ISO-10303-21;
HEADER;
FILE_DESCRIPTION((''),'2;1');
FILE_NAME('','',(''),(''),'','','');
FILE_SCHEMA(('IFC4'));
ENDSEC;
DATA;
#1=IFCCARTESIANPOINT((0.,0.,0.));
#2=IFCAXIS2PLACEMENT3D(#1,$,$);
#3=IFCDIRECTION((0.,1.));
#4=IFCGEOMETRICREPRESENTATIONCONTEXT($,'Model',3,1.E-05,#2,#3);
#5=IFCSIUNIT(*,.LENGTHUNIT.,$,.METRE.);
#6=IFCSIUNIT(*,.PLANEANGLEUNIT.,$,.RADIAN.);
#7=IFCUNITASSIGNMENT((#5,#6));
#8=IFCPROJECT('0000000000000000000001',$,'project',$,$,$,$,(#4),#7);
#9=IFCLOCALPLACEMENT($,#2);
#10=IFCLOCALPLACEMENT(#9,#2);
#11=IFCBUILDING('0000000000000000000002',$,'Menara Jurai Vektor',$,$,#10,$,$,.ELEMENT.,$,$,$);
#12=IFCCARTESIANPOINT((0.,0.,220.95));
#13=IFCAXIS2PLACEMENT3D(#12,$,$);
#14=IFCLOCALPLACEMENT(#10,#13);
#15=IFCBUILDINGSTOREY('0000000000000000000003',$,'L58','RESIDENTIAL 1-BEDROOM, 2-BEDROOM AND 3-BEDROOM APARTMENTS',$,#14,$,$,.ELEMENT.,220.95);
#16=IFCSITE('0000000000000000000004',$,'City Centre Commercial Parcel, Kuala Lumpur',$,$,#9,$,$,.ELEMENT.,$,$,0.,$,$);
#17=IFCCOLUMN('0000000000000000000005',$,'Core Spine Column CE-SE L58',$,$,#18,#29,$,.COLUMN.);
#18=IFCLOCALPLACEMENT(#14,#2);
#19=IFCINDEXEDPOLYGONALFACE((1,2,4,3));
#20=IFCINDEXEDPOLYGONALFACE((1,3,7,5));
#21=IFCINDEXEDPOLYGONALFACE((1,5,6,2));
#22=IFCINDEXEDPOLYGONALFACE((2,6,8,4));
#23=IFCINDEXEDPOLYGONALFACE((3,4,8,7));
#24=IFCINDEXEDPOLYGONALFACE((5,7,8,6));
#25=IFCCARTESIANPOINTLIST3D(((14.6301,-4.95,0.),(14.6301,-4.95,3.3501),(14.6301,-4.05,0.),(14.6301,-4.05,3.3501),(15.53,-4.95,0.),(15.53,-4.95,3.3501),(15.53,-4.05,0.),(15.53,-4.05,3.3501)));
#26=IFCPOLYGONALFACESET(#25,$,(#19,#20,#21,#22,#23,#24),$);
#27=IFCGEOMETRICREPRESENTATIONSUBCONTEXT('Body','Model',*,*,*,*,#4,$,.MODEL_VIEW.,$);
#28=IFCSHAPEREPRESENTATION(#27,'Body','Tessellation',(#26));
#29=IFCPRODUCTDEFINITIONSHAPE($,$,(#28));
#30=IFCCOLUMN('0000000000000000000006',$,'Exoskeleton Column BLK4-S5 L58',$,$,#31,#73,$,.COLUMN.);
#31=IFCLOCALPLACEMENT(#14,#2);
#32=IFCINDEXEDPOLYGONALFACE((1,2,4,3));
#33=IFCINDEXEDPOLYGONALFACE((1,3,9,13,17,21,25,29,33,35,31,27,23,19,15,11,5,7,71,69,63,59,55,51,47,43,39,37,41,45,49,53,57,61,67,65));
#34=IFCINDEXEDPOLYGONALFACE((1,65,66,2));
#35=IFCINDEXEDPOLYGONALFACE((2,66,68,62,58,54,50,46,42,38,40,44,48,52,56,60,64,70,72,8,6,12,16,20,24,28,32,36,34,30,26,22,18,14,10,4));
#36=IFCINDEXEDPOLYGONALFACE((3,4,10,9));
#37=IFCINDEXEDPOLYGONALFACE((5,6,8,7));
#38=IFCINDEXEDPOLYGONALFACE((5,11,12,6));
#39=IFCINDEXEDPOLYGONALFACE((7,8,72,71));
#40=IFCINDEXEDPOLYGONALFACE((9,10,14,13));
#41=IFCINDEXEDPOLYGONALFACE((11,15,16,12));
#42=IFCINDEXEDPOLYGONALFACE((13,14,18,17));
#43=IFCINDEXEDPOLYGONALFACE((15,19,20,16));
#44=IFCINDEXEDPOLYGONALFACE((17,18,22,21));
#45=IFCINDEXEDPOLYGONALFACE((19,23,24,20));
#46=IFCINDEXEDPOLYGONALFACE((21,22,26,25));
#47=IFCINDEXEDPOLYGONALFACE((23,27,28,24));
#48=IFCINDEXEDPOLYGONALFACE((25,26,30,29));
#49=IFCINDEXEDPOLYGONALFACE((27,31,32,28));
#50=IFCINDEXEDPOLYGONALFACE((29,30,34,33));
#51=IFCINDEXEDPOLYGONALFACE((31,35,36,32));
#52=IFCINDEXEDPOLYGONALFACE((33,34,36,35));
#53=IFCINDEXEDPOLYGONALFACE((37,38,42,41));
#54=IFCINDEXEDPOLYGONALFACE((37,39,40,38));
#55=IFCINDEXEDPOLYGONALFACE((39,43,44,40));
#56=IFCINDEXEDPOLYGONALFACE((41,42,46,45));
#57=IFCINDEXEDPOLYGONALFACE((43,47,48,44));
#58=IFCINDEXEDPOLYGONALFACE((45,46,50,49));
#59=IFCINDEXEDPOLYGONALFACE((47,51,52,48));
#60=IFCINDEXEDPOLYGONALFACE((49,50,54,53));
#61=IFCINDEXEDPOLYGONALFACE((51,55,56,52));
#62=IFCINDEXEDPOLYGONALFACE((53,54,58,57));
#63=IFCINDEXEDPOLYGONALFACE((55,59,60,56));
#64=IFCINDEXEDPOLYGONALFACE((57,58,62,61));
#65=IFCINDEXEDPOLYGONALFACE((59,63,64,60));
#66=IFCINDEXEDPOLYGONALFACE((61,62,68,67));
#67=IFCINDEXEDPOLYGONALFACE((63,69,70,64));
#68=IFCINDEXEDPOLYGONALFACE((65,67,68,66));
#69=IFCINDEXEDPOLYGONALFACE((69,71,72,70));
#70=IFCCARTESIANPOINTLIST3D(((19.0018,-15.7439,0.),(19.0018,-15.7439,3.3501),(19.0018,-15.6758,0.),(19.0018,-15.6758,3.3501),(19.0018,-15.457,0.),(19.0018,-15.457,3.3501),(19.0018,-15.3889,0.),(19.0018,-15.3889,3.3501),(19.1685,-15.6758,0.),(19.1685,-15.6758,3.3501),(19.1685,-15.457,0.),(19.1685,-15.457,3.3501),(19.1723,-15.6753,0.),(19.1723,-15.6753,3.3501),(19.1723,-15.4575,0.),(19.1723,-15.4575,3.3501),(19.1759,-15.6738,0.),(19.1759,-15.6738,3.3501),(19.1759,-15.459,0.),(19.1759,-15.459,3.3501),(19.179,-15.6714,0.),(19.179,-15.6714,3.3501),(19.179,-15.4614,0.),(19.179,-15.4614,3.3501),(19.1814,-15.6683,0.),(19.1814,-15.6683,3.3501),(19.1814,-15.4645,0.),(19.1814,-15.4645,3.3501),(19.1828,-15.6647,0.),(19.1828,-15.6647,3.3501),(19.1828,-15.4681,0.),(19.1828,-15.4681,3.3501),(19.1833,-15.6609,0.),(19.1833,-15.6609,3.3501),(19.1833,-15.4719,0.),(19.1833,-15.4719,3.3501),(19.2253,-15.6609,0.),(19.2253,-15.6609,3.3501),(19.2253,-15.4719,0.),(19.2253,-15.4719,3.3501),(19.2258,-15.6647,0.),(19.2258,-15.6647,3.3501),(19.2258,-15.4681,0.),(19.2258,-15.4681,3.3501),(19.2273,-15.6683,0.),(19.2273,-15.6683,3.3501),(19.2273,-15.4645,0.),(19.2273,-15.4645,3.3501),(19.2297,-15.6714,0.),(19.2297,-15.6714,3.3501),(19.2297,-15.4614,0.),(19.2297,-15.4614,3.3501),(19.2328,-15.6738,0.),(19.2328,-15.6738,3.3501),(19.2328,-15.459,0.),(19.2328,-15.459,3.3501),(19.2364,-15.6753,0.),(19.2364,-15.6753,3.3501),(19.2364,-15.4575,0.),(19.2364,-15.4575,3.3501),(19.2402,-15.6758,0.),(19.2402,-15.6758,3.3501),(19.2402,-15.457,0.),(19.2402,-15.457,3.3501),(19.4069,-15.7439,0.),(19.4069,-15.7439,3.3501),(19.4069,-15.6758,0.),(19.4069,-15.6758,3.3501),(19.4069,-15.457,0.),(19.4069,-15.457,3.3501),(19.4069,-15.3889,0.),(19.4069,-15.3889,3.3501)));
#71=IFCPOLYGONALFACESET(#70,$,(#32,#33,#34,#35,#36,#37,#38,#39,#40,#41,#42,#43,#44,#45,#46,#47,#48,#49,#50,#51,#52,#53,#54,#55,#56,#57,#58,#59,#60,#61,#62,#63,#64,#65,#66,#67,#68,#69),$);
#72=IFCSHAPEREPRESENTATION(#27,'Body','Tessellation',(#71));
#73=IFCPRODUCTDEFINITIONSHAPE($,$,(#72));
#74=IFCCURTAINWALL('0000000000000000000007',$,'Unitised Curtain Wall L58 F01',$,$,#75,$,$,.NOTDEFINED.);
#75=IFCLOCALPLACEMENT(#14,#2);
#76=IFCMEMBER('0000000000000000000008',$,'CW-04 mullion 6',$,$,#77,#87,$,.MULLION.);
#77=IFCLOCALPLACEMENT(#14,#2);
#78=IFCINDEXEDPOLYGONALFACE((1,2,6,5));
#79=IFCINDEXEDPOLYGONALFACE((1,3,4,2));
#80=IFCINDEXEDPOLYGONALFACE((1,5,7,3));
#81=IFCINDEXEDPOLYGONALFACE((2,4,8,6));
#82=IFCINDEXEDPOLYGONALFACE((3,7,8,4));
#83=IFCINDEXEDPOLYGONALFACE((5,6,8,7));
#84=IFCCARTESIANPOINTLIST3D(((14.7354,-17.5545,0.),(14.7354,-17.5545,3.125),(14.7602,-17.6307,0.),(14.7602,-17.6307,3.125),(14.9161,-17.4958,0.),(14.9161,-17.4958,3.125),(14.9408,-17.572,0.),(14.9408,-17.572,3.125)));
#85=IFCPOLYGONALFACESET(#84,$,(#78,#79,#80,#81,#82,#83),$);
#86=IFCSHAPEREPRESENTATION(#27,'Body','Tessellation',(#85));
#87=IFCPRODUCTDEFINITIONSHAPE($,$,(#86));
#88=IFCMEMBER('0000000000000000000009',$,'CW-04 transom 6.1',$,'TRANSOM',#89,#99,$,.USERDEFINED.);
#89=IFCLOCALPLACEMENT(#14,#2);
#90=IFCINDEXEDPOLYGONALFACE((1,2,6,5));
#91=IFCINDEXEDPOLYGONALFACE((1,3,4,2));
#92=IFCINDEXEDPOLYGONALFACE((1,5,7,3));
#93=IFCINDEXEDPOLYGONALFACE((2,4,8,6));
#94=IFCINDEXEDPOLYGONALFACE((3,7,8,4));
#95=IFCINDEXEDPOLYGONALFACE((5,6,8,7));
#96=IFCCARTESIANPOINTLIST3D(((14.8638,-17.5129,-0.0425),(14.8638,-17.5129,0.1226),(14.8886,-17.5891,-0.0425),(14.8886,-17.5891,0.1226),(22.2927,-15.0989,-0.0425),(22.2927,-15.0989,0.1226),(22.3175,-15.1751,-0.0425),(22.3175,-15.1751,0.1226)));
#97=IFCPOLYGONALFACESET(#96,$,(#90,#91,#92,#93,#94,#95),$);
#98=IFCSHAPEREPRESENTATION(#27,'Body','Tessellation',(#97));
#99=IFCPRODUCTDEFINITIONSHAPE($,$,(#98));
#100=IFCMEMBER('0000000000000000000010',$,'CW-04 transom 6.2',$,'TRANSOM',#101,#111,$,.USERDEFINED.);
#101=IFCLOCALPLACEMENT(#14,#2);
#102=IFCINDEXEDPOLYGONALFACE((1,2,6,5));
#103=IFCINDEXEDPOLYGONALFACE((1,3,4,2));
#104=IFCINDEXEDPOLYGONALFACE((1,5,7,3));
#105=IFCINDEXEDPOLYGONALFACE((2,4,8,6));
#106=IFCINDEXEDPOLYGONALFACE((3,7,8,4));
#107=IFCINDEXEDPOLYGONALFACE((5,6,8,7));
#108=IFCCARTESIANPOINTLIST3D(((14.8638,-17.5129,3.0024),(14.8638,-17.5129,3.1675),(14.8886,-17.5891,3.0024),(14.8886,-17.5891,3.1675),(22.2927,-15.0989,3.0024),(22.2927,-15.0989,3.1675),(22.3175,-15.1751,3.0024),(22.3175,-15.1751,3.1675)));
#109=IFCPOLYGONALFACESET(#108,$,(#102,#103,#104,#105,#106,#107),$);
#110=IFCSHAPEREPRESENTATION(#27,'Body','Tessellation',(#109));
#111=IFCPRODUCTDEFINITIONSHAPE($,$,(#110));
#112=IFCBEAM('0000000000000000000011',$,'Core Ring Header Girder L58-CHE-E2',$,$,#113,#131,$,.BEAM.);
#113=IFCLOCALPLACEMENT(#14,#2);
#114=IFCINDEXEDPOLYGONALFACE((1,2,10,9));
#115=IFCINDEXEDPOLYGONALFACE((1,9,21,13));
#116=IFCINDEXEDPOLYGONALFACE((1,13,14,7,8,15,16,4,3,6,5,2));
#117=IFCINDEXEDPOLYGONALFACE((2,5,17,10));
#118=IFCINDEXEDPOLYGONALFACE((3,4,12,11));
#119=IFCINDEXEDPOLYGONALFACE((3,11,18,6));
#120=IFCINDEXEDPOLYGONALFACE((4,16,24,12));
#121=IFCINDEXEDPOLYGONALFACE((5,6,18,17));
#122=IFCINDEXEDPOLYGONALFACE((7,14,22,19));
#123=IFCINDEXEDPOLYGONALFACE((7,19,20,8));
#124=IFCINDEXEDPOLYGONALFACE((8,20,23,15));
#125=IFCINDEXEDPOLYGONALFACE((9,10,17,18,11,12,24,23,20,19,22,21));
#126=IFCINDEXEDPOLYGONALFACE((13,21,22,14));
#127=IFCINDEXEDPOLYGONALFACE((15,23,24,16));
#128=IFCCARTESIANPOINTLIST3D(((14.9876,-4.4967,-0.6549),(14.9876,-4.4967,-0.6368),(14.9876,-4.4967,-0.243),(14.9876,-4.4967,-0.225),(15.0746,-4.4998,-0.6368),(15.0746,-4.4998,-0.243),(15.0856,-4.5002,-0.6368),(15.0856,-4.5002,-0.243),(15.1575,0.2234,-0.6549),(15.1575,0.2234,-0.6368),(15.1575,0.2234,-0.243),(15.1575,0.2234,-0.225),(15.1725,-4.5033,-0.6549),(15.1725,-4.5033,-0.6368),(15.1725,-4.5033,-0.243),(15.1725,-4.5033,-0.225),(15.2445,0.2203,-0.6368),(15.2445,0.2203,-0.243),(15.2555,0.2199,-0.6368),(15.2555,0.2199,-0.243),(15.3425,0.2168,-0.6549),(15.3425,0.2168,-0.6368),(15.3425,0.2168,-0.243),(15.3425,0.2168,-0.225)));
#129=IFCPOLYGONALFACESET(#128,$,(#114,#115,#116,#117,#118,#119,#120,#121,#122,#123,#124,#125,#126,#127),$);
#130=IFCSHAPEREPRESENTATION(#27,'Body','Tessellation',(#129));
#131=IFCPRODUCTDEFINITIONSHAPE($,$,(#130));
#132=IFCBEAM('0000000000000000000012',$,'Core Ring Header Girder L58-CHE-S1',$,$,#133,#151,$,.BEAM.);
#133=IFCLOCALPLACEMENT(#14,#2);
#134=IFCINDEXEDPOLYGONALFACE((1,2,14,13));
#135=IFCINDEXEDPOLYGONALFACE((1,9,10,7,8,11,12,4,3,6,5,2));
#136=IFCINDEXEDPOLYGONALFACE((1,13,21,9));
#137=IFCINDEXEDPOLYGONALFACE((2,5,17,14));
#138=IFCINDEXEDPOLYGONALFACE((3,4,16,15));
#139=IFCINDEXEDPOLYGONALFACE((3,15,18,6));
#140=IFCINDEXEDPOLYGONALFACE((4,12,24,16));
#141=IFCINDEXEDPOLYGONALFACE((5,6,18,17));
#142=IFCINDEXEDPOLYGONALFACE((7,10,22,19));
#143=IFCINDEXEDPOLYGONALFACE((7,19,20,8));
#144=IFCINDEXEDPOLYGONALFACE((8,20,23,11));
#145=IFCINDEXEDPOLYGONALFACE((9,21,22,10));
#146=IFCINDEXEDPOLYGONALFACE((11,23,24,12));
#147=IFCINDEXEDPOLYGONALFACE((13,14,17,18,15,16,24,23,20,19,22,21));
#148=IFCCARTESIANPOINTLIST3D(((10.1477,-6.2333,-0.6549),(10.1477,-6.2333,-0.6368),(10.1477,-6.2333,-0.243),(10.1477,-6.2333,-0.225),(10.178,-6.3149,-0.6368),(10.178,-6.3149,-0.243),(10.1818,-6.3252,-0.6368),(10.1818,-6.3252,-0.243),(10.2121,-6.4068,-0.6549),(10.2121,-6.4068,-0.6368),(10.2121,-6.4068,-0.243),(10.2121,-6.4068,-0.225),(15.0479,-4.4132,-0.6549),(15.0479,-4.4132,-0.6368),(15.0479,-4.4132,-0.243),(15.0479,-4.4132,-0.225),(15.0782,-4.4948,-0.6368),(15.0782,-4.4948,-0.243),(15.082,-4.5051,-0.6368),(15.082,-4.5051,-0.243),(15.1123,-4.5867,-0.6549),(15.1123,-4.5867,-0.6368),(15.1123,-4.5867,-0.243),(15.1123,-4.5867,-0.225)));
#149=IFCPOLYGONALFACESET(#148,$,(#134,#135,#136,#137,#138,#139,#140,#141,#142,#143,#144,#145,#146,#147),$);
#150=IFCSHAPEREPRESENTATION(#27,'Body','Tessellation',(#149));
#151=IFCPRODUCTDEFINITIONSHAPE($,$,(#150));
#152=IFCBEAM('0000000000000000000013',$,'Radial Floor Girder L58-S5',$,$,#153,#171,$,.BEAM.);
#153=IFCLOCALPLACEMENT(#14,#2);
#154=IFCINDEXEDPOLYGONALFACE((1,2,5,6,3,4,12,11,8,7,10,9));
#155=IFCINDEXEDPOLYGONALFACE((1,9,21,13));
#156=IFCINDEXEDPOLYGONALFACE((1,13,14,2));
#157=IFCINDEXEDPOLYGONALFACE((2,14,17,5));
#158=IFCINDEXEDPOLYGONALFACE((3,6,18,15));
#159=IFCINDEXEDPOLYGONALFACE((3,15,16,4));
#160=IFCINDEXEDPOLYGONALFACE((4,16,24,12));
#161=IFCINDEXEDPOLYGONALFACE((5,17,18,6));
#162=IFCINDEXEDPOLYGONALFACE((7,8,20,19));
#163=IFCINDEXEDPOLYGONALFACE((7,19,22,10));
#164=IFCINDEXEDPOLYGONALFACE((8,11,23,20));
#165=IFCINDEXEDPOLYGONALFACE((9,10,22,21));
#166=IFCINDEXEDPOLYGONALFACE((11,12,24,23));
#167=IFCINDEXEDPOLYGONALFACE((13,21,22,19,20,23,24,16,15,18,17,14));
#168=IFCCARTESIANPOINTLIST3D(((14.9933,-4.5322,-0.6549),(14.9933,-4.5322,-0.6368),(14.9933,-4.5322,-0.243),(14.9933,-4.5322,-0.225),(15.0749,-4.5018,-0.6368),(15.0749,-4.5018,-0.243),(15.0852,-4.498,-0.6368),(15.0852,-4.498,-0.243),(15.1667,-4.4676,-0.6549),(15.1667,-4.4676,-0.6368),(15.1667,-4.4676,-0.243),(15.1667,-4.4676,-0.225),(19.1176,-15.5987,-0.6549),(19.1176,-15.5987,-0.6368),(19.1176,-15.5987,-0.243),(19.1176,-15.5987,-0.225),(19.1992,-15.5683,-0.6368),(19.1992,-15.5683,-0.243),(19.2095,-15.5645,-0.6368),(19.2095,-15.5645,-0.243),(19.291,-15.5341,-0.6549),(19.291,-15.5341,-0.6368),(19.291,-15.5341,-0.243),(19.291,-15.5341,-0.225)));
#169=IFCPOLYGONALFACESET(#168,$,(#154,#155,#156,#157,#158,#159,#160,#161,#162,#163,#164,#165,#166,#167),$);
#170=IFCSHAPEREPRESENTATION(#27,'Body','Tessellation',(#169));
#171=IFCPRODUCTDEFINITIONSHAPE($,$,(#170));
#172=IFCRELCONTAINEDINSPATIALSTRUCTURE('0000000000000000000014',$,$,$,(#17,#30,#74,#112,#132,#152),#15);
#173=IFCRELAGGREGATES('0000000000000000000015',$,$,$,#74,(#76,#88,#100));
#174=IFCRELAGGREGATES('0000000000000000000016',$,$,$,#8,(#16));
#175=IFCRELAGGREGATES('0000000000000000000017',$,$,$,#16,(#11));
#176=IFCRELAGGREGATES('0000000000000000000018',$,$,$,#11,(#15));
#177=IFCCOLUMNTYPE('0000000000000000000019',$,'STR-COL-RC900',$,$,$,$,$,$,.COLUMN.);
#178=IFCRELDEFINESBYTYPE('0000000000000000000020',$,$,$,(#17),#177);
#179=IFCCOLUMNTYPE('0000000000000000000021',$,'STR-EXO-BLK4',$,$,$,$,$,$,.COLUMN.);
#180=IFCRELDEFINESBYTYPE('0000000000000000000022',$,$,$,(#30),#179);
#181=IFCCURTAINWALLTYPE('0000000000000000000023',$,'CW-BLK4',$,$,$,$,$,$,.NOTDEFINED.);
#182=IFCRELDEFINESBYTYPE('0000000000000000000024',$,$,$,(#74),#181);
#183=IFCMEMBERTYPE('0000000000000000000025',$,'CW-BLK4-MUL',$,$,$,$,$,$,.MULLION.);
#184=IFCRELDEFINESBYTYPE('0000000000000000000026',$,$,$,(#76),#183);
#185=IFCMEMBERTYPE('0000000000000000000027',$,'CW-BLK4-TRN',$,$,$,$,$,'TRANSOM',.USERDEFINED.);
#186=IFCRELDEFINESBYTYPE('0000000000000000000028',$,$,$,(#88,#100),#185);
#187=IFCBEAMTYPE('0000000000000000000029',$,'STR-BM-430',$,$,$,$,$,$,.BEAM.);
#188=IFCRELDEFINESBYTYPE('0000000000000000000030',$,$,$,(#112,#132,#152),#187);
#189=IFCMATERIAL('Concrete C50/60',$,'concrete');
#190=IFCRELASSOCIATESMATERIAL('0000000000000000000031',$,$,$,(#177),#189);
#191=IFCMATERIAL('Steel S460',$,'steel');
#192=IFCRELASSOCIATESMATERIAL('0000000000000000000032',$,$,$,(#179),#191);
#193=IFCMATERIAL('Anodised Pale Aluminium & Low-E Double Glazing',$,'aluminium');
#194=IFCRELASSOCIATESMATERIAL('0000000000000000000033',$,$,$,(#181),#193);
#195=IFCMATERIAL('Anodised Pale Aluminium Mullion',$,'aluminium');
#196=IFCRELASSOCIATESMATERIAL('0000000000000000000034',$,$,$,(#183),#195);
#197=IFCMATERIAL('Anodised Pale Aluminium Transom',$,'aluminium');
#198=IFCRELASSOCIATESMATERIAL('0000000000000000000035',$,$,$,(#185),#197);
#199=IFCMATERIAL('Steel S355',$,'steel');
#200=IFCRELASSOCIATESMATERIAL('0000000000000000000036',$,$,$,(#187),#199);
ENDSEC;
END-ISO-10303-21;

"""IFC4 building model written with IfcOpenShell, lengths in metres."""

from ifc_helpers import new_model, si_unit, direction, frame, origin, origin_2d, place, context, subcontext, project, spatial, rectangle, i_section, extrude, material, material_profile, profile_set, type_object, element, aggregate, save


model = new_model("IFC4")

# Units and contexts
model_context = context("Model", 3, precision=1e-05, world=origin(), true_north=direction((0.0, 1.0)))
body_context = subcontext(model_context, "Body", "Model", "MODEL_VIEW")
ifc_project = project(units=[si_unit("LENGTHUNIT", "METRE"), si_unit("PLANEANGLEUNIT", "RADIAN")], contexts=[model_context])

# Site, building, storey
site_placement = place(None, origin())
site = spatial("IfcSite", under=ifc_project, at=site_placement, Name="City Centre Commercial Parcel, Kuala Lumpur", CompositionType="ELEMENT", RefElevation=0.0)
building_placement = place(site_placement, origin())
building = spatial("IfcBuilding", under=site, at=building_placement, Name="Menara Jurai Vektor", CompositionType="ELEMENT")
storey_placement = place(building_placement, frame((0.0, 0.0, 220.95)))
storey = spatial("IfcBuildingStorey", under=building, at=storey_placement, Name="L58", Description="RESIDENTIAL 1-BEDROOM, 2-BEDROOM AND 3-BEDROOM APARTMENTS", CompositionType="ELEMENT", Elevation=220.95)

# Columns
ifc_material_1 = material(Name="Concrete C50/60", Category="concrete")
ifc_material_profile_1 = material_profile(ifc_material_1, rectangle(XDim=0.8999, YDim=0.8999, at=origin_2d()), Name="RC 900x900")
ifc_profile_set_1 = profile_set([ifc_material_profile_1], Name="Concrete C50/60")
column_type_1 = type_object("IfcColumnType", Name="STR-COL-RC900", PredefinedType="COLUMN", material=ifc_profile_set_1)
column_1_placement = place(storey_placement, frame((15.0801, -4.5, 0.0), z_axis=(0.0, 0.0, 1.0), x_axis=(1.0, 0.0, 0.0)))
element("IfcColumn", 1, at=column_1_placement, inside=storey, type_object=column_type_1, Name="Core Spine Column CE-SE L58", PredefinedType="COLUMN", context=body_context, shape_type="SweptSolid", body=[
    extrude(rectangle(XDim=0.8999, YDim=0.8999, at=origin_2d()), origin(), (0.0, 0.0, 1.0), 3.3501),
])
ifc_material_2 = material(Name="Steel S460", Category="steel")
ifc_material_profile_2 = material_profile(ifc_material_2, i_section(OverallWidth=0.405, OverallDepth=0.355, WebThickness=0.042, FlangeThickness=0.0681, FilletRadius=0.0149, at=origin_2d()), Name="HD 400x551")
ifc_profile_set_2 = profile_set([ifc_material_profile_2], Name="Steel S460")
column_type_2 = type_object("IfcColumnType", Name="STR-EXO-BLK4", PredefinedType="COLUMN", material=ifc_profile_set_2)
column_2_placement = place(storey_placement, frame((19.2043, -15.5664, 0.0), z_axis=(0.0, 0.0, 1.0), x_axis=(1.0, 0.0, 0.0)))
element("IfcColumn", 2, at=column_2_placement, inside=storey, type_object=column_type_2, Name="Exoskeleton Column BLK4-S5 L58", PredefinedType="COLUMN", context=body_context, shape_type="SweptSolid", body=[
    extrude(i_section(OverallWidth=0.405, OverallDepth=0.355, WebThickness=0.042, FlangeThickness=0.0681, FilletRadius=0.0149, at=origin_2d()), origin(), (0.0, 0.0, 1.0), 3.3501),
])

# Curtain wall, members
ifc_material_3 = material(Name="Anodised Pale Aluminium & Low-E Double Glazing", Category="aluminium")
curtain_wall_type = type_object("IfcCurtainWallType", Name="CW-BLK4", PredefinedType="NOTDEFINED", material=ifc_material_3)
curtain_wall_placement = place(storey_placement, origin())
curtain_wall = element("IfcCurtainWall", 3, at=curtain_wall_placement, inside=storey, type_object=curtain_wall_type, Name="Unitised Curtain Wall L58 F01", PredefinedType="NOTDEFINED")
ifc_material_4 = material(Name="Anodised Pale Aluminium Mullion", Category="aluminium")
ifc_material_profile_3 = material_profile(ifc_material_4, rectangle(XDim=0.0801, YDim=0.1899, at=origin_2d()), Name="ALU MUL 80x190")
ifc_profile_set_3 = profile_set([ifc_material_profile_3], Name="Anodised Pale Aluminium Mullion")
member_type_1 = type_object("IfcMemberType", Name="CW-BLK4-MUL", PredefinedType="MULLION", material=ifc_profile_set_3)
member_1_placement = place(storey_placement, frame((14.8381, -17.5632, 0.0), z_axis=(0.0, 0.0, 1.0), x_axis=(-0.309017, 0.951056, 0.0)))
member_1 = element("IfcMember", 4, at=member_1_placement, type_object=member_type_1, Name="CW-04 mullion 6", PredefinedType="MULLION", context=body_context, shape_type="SweptSolid", body=[
    extrude(rectangle(XDim=0.0801, YDim=0.1899, at=origin_2d()), origin(), (0.0, 0.0, 1.0), 3.125),
])
ifc_material_5 = material(Name="Anodised Pale Aluminium Transom", Category="aluminium")
ifc_material_profile_4 = material_profile(ifc_material_5, rectangle(XDim=0.0801, YDim=0.165, at=origin_2d()), Name="ALU TRN 80x165")
ifc_profile_set_4 = profile_set([ifc_material_profile_4], Name="Anodised Pale Aluminium Transom")
member_type_2 = type_object("IfcMemberType", Name="CW-BLK4-TRN", ElementType="TRANSOM", PredefinedType="USERDEFINED", material=ifc_profile_set_4)
member_2_placement = place(storey_placement, frame((14.8762, -17.551, 0.04), z_axis=(0.951047, 0.309046, 0.0), x_axis=(-0.309046, 0.951047, 0.0)))
member_2 = element("IfcMember", 5, at=member_2_placement, type_object=member_type_2, Name="CW-04 transom 6.1", ObjectType="TRANSOM", PredefinedType="USERDEFINED", context=body_context, shape_type="SweptSolid", body=[
    extrude(rectangle(XDim=0.0801, YDim=0.165, at=origin_2d()), origin(), (0.0, 0.0, 1.0), 7.8113),
])
member_3_placement = place(storey_placement, frame((14.8762, -17.551, 3.085), z_axis=(0.951047, 0.309046, 0.0), x_axis=(-0.309046, 0.951047, 0.0)))
member_3 = element("IfcMember", 6, at=member_3_placement, type_object=member_type_2, Name="CW-04 transom 6.2", ObjectType="TRANSOM", PredefinedType="USERDEFINED", context=body_context, shape_type="SweptSolid", body=[
    extrude(rectangle(XDim=0.0801, YDim=0.165, at=origin_2d()), origin(), (0.0, 0.0, 1.0), 7.8113),
])

# Beams
ifc_material_6 = material(Name="Steel S355", Category="steel")
ifc_material_profile_5 = material_profile(ifc_material_6, i_section(OverallWidth=0.1851, OverallDepth=0.4299, WebThickness=0.011, FlangeThickness=0.0181, at=origin_2d()), Name="PG 430x185x76")
ifc_profile_set_5 = profile_set([ifc_material_profile_5], Name="Steel S355")
beam_type_1 = type_object("IfcBeamType", Name="STR-BM-430", PredefinedType="BEAM", material=ifc_profile_set_5)
beam_1_placement = place(storey_placement, frame((15.0801, -4.5, -0.4399), z_axis=(0.035977, 0.999353, 0.0), x_axis=(-0.999353, 0.035977, 0.0)))
element("IfcBeam", 7, at=beam_1_placement, inside=storey, type_object=beam_type_1, Name="Core Ring Header Girder L58-CHE-E2", PredefinedType="BEAM", context=body_context, shape_type="SweptSolid", body=[
    extrude(i_section(OverallWidth=0.1851, OverallDepth=0.4299, WebThickness=0.011, FlangeThickness=0.0181, at=origin_2d()), origin(), (0.0, 0.0, 1.0), 4.7231),
])
beam_2_placement = place(storey_placement, frame((10.1799, -6.3201, -0.4399), z_axis=(0.937424, 0.348189, 0.0), x_axis=(-0.348189, 0.937424, 0.0)))
element("IfcBeam", 8, at=beam_2_placement, inside=storey, type_object=beam_type_1, Name="Core Ring Header Girder L58-CHE-S1", PredefinedType="BEAM", context=body_context, shape_type="SweptSolid", body=[
    extrude(i_section(OverallWidth=0.1851, OverallDepth=0.4299, WebThickness=0.011, FlangeThickness=0.0181, at=origin_2d()), origin(), (0.0, 0.0, 1.0), 5.2273),
])
beam_3_placement = place(storey_placement, frame((19.2043, -15.5664, -0.4399), z_axis=(-0.34922, 0.937041, 0.0), x_axis=(-0.937041, -0.34922, 0.0)))
element("IfcBeam", 9, at=beam_3_placement, inside=storey, type_object=beam_type_1, Name="Radial Floor Girder L58-S5", PredefinedType="BEAM", context=body_context, shape_type="SweptSolid", body=[
    extrude(i_section(OverallWidth=0.1851, OverallDepth=0.4299, WebThickness=0.011, FlangeThickness=0.0181, at=origin_2d()), origin(), (0.0, 0.0, 1.0), 11.8101),
])

aggregate(curtain_wall, [member_1, member_2, member_3])

save(model, "model.ifc")
